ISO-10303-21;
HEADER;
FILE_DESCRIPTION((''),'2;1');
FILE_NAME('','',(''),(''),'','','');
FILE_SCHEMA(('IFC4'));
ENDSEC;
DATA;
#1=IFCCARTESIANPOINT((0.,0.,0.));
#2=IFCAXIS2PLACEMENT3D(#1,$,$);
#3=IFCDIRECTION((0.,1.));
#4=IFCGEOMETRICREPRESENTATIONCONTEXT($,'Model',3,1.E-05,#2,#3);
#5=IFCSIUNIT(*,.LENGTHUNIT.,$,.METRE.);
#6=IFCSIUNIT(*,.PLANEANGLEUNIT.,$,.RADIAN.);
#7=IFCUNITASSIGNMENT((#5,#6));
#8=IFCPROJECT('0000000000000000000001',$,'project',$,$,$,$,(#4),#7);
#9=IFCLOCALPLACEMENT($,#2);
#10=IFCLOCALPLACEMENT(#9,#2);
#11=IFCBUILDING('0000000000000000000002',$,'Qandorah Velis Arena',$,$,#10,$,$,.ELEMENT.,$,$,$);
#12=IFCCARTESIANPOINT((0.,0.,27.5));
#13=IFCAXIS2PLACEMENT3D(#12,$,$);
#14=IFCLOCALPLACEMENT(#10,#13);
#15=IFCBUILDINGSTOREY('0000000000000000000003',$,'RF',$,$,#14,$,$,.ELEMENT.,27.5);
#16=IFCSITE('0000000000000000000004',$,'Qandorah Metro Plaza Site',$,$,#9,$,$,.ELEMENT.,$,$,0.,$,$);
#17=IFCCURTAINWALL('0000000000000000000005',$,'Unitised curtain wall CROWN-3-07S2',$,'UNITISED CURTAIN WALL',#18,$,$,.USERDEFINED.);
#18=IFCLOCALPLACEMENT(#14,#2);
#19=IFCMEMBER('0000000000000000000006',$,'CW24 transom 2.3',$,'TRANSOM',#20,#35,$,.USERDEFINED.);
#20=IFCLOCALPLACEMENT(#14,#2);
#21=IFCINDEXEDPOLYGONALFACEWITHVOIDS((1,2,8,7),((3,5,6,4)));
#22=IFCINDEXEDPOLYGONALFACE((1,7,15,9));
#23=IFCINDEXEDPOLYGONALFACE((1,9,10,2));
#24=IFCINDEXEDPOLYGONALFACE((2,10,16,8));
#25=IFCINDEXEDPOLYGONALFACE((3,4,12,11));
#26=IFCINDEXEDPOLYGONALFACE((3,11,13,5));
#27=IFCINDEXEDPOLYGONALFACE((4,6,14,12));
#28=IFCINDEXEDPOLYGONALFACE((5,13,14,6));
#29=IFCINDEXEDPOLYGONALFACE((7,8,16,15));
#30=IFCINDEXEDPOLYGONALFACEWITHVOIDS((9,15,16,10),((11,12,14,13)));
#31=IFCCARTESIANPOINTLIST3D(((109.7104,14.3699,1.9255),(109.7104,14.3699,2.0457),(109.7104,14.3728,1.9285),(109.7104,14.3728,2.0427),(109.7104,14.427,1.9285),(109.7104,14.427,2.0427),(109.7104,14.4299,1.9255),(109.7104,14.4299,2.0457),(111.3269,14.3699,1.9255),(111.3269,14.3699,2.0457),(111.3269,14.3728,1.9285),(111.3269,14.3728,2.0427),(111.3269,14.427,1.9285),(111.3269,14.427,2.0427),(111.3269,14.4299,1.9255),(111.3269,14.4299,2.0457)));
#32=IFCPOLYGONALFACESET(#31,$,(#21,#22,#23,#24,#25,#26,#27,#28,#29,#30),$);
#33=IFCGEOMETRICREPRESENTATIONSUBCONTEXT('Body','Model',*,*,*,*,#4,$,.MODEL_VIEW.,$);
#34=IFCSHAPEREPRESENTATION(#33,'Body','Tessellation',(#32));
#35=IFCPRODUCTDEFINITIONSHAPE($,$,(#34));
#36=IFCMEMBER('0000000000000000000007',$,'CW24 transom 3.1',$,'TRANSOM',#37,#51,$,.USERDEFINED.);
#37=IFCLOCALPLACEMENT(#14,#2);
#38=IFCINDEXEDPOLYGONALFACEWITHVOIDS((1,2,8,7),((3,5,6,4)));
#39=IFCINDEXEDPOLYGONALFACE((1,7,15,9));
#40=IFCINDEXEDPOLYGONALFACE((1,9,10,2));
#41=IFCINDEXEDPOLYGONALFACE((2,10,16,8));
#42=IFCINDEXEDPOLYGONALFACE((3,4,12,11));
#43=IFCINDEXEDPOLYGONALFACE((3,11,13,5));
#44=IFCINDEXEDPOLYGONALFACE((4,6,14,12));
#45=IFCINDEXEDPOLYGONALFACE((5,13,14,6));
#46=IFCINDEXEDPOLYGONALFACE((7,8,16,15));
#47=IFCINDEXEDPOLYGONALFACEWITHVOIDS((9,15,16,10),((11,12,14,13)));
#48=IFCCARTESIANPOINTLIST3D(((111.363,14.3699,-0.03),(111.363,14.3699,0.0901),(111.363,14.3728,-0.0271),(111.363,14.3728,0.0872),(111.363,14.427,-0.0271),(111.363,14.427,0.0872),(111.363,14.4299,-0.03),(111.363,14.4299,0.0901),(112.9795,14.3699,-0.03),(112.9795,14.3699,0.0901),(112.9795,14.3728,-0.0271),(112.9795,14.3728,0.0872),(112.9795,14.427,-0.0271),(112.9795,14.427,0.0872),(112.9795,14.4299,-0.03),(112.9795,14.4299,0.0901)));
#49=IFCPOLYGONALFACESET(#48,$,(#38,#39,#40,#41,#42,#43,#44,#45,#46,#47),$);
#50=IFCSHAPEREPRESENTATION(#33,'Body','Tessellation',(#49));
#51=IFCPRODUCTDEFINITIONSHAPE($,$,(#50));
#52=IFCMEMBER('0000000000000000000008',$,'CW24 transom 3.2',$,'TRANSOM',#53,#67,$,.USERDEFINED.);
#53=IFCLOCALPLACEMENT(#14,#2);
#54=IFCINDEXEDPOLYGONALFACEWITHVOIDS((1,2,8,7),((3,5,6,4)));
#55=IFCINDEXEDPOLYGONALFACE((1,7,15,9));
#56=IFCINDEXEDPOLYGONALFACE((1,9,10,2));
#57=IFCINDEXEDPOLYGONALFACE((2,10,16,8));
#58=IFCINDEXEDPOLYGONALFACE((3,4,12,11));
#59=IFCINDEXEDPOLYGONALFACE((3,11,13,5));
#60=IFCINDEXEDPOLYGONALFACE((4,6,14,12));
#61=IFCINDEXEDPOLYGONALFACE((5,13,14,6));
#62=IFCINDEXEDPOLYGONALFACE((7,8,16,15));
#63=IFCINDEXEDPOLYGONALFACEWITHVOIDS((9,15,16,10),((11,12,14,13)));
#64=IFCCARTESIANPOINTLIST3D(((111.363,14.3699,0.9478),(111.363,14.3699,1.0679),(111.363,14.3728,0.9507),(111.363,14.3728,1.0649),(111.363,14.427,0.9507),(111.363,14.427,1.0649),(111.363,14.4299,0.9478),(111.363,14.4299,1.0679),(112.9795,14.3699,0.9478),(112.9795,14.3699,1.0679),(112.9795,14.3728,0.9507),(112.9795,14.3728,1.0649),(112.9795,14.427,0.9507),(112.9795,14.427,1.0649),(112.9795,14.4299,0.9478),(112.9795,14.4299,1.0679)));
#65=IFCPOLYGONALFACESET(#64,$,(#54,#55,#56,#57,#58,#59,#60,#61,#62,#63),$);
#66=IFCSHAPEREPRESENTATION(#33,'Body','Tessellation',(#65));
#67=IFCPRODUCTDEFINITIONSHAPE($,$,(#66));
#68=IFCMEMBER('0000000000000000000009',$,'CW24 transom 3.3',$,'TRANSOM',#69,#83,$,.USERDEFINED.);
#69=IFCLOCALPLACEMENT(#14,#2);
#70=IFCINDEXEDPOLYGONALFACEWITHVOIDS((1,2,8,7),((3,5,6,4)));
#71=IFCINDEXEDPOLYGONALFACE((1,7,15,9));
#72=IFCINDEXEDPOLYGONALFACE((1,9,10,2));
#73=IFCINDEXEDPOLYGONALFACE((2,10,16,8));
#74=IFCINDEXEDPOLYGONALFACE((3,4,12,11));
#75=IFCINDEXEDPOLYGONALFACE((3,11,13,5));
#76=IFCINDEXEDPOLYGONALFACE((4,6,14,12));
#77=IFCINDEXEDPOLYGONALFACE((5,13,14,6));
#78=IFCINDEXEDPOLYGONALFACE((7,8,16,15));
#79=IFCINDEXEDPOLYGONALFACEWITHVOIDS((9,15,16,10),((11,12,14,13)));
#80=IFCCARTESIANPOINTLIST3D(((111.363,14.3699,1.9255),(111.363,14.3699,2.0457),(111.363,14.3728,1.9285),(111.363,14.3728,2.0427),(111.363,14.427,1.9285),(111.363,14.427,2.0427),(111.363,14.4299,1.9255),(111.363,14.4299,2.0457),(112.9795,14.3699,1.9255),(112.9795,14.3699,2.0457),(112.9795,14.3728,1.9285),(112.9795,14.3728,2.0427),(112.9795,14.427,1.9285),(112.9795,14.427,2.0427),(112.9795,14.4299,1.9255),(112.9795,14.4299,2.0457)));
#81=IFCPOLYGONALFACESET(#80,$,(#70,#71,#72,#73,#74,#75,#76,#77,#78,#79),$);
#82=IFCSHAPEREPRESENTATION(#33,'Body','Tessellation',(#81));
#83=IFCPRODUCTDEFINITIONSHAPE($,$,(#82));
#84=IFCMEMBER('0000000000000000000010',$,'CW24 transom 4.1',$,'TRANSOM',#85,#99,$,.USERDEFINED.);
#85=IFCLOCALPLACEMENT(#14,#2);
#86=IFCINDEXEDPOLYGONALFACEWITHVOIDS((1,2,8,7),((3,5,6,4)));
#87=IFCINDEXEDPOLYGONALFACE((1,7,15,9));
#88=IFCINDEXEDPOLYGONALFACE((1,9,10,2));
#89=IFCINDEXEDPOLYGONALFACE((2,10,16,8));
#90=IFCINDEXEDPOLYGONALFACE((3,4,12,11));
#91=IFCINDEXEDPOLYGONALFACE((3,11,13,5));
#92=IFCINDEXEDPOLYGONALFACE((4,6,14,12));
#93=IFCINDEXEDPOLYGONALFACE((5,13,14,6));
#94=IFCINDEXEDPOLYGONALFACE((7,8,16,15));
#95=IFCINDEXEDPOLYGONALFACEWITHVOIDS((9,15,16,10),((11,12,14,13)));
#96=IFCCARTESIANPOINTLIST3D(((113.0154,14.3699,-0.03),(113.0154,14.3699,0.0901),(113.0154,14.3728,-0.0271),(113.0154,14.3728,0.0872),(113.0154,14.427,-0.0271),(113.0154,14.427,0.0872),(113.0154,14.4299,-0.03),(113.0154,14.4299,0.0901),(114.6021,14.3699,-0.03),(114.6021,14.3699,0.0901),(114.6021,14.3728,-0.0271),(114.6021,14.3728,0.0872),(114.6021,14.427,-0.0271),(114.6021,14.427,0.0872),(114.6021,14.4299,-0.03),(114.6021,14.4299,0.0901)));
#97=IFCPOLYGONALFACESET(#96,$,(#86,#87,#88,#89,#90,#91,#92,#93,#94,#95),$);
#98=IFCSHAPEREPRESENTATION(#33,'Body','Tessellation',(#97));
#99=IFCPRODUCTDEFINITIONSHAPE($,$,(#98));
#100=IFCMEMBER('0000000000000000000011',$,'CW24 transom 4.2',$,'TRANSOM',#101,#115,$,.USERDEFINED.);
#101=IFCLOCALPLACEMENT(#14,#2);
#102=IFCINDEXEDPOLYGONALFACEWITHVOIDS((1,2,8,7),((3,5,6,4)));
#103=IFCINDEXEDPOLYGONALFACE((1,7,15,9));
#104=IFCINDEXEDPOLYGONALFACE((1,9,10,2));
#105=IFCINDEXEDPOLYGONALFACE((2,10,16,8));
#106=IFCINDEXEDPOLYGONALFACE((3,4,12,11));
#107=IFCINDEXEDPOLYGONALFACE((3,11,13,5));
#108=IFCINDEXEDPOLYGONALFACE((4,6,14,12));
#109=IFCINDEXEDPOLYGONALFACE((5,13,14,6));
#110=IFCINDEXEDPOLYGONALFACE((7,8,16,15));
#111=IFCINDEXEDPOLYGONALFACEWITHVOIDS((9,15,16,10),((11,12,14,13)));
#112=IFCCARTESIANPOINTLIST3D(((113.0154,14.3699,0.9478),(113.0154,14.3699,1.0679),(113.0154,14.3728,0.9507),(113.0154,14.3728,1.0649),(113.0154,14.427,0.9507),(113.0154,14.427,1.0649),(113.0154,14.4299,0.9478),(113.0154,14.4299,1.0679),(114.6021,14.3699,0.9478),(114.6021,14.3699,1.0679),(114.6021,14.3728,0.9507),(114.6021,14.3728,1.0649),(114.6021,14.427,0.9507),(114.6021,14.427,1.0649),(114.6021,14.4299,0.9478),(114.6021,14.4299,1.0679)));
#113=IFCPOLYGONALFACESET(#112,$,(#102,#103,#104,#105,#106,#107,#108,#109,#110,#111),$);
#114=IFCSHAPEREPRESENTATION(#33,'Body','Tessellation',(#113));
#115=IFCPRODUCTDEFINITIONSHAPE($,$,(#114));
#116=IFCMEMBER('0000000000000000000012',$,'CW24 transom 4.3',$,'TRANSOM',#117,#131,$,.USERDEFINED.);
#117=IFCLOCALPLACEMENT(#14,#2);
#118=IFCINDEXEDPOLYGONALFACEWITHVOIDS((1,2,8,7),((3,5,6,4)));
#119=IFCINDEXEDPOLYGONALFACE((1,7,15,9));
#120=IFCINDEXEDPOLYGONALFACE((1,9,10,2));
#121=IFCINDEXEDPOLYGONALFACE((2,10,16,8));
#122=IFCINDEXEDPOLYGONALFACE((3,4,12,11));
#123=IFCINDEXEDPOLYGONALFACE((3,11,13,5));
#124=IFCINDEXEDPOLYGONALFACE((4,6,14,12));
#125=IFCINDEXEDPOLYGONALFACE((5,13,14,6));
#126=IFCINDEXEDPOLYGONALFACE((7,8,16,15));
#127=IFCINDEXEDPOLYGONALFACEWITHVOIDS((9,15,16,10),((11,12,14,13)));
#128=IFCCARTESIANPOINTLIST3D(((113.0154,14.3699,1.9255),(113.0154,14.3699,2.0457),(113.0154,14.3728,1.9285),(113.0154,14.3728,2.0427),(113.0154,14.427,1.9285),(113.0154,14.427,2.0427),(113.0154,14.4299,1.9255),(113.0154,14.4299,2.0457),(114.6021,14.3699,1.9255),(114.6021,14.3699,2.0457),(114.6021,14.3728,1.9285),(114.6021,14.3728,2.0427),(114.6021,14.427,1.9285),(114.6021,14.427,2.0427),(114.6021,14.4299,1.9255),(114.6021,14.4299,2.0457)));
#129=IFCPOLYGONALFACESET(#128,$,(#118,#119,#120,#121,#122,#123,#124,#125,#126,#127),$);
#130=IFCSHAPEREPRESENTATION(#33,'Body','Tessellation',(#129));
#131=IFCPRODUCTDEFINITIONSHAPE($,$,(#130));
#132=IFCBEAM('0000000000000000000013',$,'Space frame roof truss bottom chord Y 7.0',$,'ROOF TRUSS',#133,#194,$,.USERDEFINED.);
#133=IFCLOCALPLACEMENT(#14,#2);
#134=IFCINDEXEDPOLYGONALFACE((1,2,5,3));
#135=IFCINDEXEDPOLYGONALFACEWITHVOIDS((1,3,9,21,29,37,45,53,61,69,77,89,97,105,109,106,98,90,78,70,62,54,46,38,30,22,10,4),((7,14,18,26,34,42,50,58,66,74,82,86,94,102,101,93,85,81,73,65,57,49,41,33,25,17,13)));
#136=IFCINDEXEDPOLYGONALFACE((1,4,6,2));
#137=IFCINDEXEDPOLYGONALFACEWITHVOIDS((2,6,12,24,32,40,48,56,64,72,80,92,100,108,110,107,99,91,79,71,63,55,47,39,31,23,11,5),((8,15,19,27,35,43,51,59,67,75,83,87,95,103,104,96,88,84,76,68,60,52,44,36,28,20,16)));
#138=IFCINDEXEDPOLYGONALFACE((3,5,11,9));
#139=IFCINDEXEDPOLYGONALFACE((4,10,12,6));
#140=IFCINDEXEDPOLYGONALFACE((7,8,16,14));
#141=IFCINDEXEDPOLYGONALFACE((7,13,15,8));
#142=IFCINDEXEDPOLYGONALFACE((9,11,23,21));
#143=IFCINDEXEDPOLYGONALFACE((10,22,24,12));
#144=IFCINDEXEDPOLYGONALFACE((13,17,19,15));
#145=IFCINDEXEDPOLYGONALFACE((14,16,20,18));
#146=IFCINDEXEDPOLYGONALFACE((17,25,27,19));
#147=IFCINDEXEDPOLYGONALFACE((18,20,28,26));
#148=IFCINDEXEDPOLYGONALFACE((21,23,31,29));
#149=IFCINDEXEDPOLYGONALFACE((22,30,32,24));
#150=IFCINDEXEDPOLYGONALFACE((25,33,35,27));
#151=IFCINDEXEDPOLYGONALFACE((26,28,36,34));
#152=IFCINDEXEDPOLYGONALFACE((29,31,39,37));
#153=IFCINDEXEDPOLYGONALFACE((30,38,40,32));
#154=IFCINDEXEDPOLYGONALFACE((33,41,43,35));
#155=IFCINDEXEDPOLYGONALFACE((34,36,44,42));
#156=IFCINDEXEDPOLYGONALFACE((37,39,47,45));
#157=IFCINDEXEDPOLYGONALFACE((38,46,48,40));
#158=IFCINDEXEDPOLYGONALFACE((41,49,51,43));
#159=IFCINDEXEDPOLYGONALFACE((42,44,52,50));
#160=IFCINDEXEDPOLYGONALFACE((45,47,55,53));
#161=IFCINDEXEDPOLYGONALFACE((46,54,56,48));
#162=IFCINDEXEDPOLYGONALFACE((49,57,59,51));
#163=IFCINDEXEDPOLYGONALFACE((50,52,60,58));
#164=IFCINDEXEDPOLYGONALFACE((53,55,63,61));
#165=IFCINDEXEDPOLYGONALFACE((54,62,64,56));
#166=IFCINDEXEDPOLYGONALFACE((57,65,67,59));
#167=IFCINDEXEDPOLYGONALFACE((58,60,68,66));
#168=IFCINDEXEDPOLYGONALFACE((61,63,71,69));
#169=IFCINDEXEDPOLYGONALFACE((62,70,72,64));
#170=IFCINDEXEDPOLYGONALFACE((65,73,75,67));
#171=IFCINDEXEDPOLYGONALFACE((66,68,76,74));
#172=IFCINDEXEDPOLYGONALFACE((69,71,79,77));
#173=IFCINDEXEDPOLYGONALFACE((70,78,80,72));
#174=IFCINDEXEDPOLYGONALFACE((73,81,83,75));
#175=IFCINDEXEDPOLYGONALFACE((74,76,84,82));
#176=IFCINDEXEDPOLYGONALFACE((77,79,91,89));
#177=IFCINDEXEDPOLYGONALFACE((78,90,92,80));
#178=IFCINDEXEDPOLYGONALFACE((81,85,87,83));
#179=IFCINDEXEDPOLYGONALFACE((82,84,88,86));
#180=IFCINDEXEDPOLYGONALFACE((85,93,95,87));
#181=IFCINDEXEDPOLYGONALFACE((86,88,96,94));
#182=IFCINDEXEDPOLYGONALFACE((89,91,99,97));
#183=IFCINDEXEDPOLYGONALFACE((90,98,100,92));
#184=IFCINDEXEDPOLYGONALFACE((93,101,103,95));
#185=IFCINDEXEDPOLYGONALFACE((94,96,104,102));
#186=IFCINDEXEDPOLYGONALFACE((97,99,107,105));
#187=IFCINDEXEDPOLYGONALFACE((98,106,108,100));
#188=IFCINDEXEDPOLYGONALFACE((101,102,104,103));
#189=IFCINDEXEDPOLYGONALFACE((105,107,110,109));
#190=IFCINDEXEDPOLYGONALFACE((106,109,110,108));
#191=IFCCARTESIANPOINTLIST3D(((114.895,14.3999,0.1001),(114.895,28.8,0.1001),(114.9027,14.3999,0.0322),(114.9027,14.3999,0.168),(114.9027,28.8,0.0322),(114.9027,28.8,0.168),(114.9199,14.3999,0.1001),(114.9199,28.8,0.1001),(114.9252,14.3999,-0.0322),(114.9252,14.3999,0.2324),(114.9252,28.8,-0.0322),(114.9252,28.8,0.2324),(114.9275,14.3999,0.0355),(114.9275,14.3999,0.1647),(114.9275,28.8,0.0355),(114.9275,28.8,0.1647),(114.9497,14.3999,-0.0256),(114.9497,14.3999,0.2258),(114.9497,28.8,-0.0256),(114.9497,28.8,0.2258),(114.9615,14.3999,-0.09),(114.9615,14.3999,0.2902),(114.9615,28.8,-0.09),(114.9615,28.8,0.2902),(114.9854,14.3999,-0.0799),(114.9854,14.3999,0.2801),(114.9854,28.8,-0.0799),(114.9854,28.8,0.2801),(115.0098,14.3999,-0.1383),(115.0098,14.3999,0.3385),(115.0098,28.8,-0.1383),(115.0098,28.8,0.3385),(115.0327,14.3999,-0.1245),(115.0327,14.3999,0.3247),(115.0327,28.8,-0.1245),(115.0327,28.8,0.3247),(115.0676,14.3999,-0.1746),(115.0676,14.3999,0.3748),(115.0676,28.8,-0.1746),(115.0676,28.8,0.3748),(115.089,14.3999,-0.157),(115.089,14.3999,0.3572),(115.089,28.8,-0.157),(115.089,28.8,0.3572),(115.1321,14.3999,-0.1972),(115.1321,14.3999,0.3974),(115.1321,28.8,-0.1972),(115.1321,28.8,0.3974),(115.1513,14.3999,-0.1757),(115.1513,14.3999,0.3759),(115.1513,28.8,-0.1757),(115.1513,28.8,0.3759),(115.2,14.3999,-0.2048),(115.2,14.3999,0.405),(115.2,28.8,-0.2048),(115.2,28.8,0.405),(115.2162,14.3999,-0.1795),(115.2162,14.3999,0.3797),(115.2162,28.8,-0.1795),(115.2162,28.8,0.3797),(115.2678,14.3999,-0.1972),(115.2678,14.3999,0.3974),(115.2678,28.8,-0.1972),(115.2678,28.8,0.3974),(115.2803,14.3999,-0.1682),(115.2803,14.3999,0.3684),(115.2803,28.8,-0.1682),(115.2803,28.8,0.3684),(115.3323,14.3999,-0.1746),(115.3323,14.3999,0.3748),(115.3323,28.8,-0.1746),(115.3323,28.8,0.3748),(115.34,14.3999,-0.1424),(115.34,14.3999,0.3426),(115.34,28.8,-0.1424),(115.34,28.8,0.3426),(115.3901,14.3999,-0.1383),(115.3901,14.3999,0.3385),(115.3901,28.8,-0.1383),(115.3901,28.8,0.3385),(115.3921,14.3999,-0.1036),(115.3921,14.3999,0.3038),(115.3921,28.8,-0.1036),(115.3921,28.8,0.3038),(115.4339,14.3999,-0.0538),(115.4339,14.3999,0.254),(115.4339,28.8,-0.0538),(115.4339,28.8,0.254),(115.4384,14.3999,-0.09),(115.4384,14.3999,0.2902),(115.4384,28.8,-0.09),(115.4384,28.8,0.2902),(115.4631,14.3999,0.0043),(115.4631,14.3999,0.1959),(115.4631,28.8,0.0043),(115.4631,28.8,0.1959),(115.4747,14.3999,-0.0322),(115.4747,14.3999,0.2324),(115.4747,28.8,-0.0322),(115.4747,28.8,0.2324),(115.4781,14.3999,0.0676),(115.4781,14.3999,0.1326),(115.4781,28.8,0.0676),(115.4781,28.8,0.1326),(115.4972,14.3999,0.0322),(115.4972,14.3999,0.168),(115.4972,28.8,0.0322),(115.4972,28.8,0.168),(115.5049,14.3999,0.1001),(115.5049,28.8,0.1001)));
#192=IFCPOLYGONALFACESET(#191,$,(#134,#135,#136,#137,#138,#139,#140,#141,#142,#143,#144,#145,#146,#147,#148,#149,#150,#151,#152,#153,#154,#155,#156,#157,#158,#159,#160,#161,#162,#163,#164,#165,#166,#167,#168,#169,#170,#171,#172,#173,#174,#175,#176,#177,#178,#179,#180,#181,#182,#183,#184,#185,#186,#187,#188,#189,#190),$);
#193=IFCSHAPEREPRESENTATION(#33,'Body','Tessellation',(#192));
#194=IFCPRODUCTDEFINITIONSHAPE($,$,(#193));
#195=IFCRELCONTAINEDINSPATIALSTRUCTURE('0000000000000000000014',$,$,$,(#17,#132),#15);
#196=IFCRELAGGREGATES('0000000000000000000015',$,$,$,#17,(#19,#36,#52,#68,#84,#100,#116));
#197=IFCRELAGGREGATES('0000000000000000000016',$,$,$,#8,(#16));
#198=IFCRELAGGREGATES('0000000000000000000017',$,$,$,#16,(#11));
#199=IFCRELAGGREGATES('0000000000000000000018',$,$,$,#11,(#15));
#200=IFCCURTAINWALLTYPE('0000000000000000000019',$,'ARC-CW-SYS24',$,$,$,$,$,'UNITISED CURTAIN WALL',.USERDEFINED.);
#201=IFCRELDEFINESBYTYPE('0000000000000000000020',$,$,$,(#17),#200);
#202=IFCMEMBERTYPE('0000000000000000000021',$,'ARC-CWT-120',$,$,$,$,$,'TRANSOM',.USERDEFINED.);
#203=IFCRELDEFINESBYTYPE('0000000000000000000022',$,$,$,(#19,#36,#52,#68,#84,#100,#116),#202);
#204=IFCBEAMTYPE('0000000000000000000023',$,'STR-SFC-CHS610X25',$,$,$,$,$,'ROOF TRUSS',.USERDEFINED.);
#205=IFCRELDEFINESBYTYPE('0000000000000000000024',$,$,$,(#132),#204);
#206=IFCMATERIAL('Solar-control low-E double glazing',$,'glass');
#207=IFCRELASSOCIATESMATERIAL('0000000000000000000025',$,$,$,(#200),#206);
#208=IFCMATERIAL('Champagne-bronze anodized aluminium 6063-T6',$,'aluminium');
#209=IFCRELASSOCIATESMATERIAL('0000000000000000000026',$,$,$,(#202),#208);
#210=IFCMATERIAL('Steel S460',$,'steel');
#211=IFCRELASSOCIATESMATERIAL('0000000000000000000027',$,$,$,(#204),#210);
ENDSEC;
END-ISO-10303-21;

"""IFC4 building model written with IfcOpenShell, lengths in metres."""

from ifc_helpers import new_model, si_unit, direction, frame, origin, origin_2d, place, context, subcontext, project, spatial, hollow_rectangle, hollow_circle, extrude, material, material_profile, profile_set, type_object, element, aggregate, save


model = new_model("IFC4")

# Units and contexts
model_context = context("Model", 3, precision=1e-05, world=origin(), true_north=direction((0.0, 1.0)))
body_context = subcontext(model_context, "Body", "Model", "MODEL_VIEW")
ifc_project = project(units=[si_unit("LENGTHUNIT", "METRE"), si_unit("PLANEANGLEUNIT", "RADIAN")], contexts=[model_context])

# Site, building, storey
site_placement = place(None, origin())
site = spatial("IfcSite", under=ifc_project, at=site_placement, Name="Qandorah Metro Plaza Site", CompositionType="ELEMENT", RefElevation=0.0)
building_placement = place(site_placement, origin())
building = spatial("IfcBuilding", under=site, at=building_placement, Name="Qandorah Velis Arena", CompositionType="ELEMENT")
storey_placement = place(building_placement, frame((0.0, 0.0, 27.5)))
storey = spatial("IfcBuildingStorey", under=building, at=storey_placement, Name="RF", CompositionType="ELEMENT", Elevation=27.5)

# Shared definitions
ifc_material_1 = material(Name="Solar-control low-E double glazing", Category="glass")
ifc_material_2 = material(Name="Champagne-bronze anodized aluminium 6063-T6", Category="aluminium")

# Curtain wall, members
curtain_wall_type_1 = type_object("IfcCurtainWallType", Name="ARC-CW-SYS24", ElementType="UNITISED CURTAIN WALL", PredefinedType="USERDEFINED", material=ifc_material_1)
curtain_wall_1_placement = place(storey_placement, origin())
curtain_wall_1 = element("IfcCurtainWall", 1, at=curtain_wall_1_placement, inside=storey, type_object=curtain_wall_type_1, Name="Unitised curtain wall CROWN-3-07S2", ObjectType="UNITISED CURTAIN WALL", PredefinedType="USERDEFINED")
ifc_material_profile_1 = material_profile(ifc_material_2, hollow_rectangle(XDim=0.0601, YDim=0.1201, WallThickness=0.0029, at=origin_2d()), Name="ALU TRANSOM 60x120")
ifc_profile_set_1 = profile_set([ifc_material_profile_1], Name="Champagne-bronze anodized aluminium 6063-T6")
member_type_1 = type_object("IfcMemberType", Name="ARC-CWT-120", ElementType="TRANSOM", PredefinedType="USERDEFINED", material=ifc_profile_set_1)
member_1_placement = place(storey_placement, frame((109.7104, 14.3999, 1.9856), z_axis=(1.0, 0.0, 0.0), x_axis=(0.0, 1.0, 0.0)))
member_1 = element("IfcMember", 2, at=member_1_placement, type_object=member_type_1, Name="CW24 transom 2.3", ObjectType="TRANSOM", PredefinedType="USERDEFINED", context=body_context, shape_type="SweptSolid", body=[
    extrude(hollow_rectangle(XDim=0.0601, YDim=0.1201, WallThickness=0.0029, at=origin_2d()), origin(), (0.0, 0.0, 1.0), 1.6165),
])
member_2_placement = place(storey_placement, frame((111.363, 14.3999, 0.03), z_axis=(1.0, 0.0, 0.0), x_axis=(0.0, 1.0, 0.0)))
member_2 = element("IfcMember", 3, at=member_2_placement, type_object=member_type_1, Name="CW24 transom 3.1", ObjectType="TRANSOM", PredefinedType="USERDEFINED", context=body_context, shape_type="SweptSolid", body=[
    extrude(hollow_rectangle(XDim=0.0601, YDim=0.1201, WallThickness=0.0029, at=origin_2d()), origin(), (0.0, 0.0, 1.0), 1.6165),
])
member_3_placement = place(storey_placement, frame((111.363, 14.3999, 1.0078), z_axis=(1.0, 0.0, 0.0), x_axis=(0.0, 1.0, 0.0)))
member_3 = element("IfcMember", 4, at=member_3_placement, type_object=member_type_1, Name="CW24 transom 3.2", ObjectType="TRANSOM", PredefinedType="USERDEFINED", context=body_context, shape_type="SweptSolid", body=[
    extrude(hollow_rectangle(XDim=0.0601, YDim=0.1201, WallThickness=0.0029, at=origin_2d()), origin(), (0.0, 0.0, 1.0), 1.6165),
])
member_4_placement = place(storey_placement, frame((111.363, 14.3999, 1.9856), z_axis=(1.0, 0.0, 0.0), x_axis=(0.0, 1.0, 0.0)))
member_4 = element("IfcMember", 5, at=member_4_placement, type_object=member_type_1, Name="CW24 transom 3.3", ObjectType="TRANSOM", PredefinedType="USERDEFINED", context=body_context, shape_type="SweptSolid", body=[
    extrude(hollow_rectangle(XDim=0.0601, YDim=0.1201, WallThickness=0.0029, at=origin_2d()), origin(), (0.0, 0.0, 1.0), 1.6165),
])
member_5_placement = place(storey_placement, frame((113.0154, 14.3999, 0.03), z_axis=(1.0, 0.0, 0.0), x_axis=(0.0, 1.0, 0.0)))
member_5 = element("IfcMember", 6, at=member_5_placement, type_object=member_type_1, Name="CW24 transom 4.1", ObjectType="TRANSOM", PredefinedType="USERDEFINED", context=body_context, shape_type="SweptSolid", body=[
    extrude(hollow_rectangle(XDim=0.0601, YDim=0.1201, WallThickness=0.0029, at=origin_2d()), origin(), (0.0, 0.0, 1.0), 1.5867),
])
member_6_placement = place(storey_placement, frame((113.0154, 14.3999, 1.0078), z_axis=(1.0, 0.0, 0.0), x_axis=(0.0, 1.0, 0.0)))
member_6 = element("IfcMember", 7, at=member_6_placement, type_object=member_type_1, Name="CW24 transom 4.2", ObjectType="TRANSOM", PredefinedType="USERDEFINED", context=body_context, shape_type="SweptSolid", body=[
    extrude(hollow_rectangle(XDim=0.0601, YDim=0.1201, WallThickness=0.0029, at=origin_2d()), origin(), (0.0, 0.0, 1.0), 1.5867),
])
member_7_placement = place(storey_placement, frame((113.0154, 14.3999, 1.9856), z_axis=(1.0, 0.0, 0.0), x_axis=(0.0, 1.0, 0.0)))
member_7 = element("IfcMember", 8, at=member_7_placement, type_object=member_type_1, Name="CW24 transom 4.3", ObjectType="TRANSOM", PredefinedType="USERDEFINED", context=body_context, shape_type="SweptSolid", body=[
    extrude(hollow_rectangle(XDim=0.0601, YDim=0.1201, WallThickness=0.0029, at=origin_2d()), origin(), (0.0, 0.0, 1.0), 1.5867),
])

# Beam
ifc_material_3 = material(Name="Steel S460", Category="steel")
ifc_material_profile_2 = material_profile(ifc_material_3, hollow_circle(Radius=0.3049, WallThickness=0.0249, at=origin_2d()), Name="CHS 610x25")
ifc_profile_set_2 = profile_set([ifc_material_profile_2], Name="Steel S460")
beam_type_1 = type_object("IfcBeamType", Name="STR-SFC-CHS610X25", ElementType="ROOF TRUSS", PredefinedType="USERDEFINED", material=ifc_profile_set_2)
beam_1_placement = place(storey_placement, frame((115.2, 14.3999, 0.1001), z_axis=(0.0, 1.0, 0.0), x_axis=(-1.0, 0.0, 0.0)))
element("IfcBeam", 9, at=beam_1_placement, inside=storey, type_object=beam_type_1, Name="Space frame roof truss bottom chord Y 7.0", ObjectType="ROOF TRUSS", PredefinedType="USERDEFINED", context=body_context, shape_type="SweptSolid", body=[
    extrude(hollow_circle(Radius=0.3049, WallThickness=0.0249, at=origin_2d()), origin(), (0.0, 0.0, 1.0), 14.4001),
])

aggregate(curtain_wall_1, [member_1, member_2, member_3, member_4, member_5, member_6, member_7])

save(model, "model.ifc")
